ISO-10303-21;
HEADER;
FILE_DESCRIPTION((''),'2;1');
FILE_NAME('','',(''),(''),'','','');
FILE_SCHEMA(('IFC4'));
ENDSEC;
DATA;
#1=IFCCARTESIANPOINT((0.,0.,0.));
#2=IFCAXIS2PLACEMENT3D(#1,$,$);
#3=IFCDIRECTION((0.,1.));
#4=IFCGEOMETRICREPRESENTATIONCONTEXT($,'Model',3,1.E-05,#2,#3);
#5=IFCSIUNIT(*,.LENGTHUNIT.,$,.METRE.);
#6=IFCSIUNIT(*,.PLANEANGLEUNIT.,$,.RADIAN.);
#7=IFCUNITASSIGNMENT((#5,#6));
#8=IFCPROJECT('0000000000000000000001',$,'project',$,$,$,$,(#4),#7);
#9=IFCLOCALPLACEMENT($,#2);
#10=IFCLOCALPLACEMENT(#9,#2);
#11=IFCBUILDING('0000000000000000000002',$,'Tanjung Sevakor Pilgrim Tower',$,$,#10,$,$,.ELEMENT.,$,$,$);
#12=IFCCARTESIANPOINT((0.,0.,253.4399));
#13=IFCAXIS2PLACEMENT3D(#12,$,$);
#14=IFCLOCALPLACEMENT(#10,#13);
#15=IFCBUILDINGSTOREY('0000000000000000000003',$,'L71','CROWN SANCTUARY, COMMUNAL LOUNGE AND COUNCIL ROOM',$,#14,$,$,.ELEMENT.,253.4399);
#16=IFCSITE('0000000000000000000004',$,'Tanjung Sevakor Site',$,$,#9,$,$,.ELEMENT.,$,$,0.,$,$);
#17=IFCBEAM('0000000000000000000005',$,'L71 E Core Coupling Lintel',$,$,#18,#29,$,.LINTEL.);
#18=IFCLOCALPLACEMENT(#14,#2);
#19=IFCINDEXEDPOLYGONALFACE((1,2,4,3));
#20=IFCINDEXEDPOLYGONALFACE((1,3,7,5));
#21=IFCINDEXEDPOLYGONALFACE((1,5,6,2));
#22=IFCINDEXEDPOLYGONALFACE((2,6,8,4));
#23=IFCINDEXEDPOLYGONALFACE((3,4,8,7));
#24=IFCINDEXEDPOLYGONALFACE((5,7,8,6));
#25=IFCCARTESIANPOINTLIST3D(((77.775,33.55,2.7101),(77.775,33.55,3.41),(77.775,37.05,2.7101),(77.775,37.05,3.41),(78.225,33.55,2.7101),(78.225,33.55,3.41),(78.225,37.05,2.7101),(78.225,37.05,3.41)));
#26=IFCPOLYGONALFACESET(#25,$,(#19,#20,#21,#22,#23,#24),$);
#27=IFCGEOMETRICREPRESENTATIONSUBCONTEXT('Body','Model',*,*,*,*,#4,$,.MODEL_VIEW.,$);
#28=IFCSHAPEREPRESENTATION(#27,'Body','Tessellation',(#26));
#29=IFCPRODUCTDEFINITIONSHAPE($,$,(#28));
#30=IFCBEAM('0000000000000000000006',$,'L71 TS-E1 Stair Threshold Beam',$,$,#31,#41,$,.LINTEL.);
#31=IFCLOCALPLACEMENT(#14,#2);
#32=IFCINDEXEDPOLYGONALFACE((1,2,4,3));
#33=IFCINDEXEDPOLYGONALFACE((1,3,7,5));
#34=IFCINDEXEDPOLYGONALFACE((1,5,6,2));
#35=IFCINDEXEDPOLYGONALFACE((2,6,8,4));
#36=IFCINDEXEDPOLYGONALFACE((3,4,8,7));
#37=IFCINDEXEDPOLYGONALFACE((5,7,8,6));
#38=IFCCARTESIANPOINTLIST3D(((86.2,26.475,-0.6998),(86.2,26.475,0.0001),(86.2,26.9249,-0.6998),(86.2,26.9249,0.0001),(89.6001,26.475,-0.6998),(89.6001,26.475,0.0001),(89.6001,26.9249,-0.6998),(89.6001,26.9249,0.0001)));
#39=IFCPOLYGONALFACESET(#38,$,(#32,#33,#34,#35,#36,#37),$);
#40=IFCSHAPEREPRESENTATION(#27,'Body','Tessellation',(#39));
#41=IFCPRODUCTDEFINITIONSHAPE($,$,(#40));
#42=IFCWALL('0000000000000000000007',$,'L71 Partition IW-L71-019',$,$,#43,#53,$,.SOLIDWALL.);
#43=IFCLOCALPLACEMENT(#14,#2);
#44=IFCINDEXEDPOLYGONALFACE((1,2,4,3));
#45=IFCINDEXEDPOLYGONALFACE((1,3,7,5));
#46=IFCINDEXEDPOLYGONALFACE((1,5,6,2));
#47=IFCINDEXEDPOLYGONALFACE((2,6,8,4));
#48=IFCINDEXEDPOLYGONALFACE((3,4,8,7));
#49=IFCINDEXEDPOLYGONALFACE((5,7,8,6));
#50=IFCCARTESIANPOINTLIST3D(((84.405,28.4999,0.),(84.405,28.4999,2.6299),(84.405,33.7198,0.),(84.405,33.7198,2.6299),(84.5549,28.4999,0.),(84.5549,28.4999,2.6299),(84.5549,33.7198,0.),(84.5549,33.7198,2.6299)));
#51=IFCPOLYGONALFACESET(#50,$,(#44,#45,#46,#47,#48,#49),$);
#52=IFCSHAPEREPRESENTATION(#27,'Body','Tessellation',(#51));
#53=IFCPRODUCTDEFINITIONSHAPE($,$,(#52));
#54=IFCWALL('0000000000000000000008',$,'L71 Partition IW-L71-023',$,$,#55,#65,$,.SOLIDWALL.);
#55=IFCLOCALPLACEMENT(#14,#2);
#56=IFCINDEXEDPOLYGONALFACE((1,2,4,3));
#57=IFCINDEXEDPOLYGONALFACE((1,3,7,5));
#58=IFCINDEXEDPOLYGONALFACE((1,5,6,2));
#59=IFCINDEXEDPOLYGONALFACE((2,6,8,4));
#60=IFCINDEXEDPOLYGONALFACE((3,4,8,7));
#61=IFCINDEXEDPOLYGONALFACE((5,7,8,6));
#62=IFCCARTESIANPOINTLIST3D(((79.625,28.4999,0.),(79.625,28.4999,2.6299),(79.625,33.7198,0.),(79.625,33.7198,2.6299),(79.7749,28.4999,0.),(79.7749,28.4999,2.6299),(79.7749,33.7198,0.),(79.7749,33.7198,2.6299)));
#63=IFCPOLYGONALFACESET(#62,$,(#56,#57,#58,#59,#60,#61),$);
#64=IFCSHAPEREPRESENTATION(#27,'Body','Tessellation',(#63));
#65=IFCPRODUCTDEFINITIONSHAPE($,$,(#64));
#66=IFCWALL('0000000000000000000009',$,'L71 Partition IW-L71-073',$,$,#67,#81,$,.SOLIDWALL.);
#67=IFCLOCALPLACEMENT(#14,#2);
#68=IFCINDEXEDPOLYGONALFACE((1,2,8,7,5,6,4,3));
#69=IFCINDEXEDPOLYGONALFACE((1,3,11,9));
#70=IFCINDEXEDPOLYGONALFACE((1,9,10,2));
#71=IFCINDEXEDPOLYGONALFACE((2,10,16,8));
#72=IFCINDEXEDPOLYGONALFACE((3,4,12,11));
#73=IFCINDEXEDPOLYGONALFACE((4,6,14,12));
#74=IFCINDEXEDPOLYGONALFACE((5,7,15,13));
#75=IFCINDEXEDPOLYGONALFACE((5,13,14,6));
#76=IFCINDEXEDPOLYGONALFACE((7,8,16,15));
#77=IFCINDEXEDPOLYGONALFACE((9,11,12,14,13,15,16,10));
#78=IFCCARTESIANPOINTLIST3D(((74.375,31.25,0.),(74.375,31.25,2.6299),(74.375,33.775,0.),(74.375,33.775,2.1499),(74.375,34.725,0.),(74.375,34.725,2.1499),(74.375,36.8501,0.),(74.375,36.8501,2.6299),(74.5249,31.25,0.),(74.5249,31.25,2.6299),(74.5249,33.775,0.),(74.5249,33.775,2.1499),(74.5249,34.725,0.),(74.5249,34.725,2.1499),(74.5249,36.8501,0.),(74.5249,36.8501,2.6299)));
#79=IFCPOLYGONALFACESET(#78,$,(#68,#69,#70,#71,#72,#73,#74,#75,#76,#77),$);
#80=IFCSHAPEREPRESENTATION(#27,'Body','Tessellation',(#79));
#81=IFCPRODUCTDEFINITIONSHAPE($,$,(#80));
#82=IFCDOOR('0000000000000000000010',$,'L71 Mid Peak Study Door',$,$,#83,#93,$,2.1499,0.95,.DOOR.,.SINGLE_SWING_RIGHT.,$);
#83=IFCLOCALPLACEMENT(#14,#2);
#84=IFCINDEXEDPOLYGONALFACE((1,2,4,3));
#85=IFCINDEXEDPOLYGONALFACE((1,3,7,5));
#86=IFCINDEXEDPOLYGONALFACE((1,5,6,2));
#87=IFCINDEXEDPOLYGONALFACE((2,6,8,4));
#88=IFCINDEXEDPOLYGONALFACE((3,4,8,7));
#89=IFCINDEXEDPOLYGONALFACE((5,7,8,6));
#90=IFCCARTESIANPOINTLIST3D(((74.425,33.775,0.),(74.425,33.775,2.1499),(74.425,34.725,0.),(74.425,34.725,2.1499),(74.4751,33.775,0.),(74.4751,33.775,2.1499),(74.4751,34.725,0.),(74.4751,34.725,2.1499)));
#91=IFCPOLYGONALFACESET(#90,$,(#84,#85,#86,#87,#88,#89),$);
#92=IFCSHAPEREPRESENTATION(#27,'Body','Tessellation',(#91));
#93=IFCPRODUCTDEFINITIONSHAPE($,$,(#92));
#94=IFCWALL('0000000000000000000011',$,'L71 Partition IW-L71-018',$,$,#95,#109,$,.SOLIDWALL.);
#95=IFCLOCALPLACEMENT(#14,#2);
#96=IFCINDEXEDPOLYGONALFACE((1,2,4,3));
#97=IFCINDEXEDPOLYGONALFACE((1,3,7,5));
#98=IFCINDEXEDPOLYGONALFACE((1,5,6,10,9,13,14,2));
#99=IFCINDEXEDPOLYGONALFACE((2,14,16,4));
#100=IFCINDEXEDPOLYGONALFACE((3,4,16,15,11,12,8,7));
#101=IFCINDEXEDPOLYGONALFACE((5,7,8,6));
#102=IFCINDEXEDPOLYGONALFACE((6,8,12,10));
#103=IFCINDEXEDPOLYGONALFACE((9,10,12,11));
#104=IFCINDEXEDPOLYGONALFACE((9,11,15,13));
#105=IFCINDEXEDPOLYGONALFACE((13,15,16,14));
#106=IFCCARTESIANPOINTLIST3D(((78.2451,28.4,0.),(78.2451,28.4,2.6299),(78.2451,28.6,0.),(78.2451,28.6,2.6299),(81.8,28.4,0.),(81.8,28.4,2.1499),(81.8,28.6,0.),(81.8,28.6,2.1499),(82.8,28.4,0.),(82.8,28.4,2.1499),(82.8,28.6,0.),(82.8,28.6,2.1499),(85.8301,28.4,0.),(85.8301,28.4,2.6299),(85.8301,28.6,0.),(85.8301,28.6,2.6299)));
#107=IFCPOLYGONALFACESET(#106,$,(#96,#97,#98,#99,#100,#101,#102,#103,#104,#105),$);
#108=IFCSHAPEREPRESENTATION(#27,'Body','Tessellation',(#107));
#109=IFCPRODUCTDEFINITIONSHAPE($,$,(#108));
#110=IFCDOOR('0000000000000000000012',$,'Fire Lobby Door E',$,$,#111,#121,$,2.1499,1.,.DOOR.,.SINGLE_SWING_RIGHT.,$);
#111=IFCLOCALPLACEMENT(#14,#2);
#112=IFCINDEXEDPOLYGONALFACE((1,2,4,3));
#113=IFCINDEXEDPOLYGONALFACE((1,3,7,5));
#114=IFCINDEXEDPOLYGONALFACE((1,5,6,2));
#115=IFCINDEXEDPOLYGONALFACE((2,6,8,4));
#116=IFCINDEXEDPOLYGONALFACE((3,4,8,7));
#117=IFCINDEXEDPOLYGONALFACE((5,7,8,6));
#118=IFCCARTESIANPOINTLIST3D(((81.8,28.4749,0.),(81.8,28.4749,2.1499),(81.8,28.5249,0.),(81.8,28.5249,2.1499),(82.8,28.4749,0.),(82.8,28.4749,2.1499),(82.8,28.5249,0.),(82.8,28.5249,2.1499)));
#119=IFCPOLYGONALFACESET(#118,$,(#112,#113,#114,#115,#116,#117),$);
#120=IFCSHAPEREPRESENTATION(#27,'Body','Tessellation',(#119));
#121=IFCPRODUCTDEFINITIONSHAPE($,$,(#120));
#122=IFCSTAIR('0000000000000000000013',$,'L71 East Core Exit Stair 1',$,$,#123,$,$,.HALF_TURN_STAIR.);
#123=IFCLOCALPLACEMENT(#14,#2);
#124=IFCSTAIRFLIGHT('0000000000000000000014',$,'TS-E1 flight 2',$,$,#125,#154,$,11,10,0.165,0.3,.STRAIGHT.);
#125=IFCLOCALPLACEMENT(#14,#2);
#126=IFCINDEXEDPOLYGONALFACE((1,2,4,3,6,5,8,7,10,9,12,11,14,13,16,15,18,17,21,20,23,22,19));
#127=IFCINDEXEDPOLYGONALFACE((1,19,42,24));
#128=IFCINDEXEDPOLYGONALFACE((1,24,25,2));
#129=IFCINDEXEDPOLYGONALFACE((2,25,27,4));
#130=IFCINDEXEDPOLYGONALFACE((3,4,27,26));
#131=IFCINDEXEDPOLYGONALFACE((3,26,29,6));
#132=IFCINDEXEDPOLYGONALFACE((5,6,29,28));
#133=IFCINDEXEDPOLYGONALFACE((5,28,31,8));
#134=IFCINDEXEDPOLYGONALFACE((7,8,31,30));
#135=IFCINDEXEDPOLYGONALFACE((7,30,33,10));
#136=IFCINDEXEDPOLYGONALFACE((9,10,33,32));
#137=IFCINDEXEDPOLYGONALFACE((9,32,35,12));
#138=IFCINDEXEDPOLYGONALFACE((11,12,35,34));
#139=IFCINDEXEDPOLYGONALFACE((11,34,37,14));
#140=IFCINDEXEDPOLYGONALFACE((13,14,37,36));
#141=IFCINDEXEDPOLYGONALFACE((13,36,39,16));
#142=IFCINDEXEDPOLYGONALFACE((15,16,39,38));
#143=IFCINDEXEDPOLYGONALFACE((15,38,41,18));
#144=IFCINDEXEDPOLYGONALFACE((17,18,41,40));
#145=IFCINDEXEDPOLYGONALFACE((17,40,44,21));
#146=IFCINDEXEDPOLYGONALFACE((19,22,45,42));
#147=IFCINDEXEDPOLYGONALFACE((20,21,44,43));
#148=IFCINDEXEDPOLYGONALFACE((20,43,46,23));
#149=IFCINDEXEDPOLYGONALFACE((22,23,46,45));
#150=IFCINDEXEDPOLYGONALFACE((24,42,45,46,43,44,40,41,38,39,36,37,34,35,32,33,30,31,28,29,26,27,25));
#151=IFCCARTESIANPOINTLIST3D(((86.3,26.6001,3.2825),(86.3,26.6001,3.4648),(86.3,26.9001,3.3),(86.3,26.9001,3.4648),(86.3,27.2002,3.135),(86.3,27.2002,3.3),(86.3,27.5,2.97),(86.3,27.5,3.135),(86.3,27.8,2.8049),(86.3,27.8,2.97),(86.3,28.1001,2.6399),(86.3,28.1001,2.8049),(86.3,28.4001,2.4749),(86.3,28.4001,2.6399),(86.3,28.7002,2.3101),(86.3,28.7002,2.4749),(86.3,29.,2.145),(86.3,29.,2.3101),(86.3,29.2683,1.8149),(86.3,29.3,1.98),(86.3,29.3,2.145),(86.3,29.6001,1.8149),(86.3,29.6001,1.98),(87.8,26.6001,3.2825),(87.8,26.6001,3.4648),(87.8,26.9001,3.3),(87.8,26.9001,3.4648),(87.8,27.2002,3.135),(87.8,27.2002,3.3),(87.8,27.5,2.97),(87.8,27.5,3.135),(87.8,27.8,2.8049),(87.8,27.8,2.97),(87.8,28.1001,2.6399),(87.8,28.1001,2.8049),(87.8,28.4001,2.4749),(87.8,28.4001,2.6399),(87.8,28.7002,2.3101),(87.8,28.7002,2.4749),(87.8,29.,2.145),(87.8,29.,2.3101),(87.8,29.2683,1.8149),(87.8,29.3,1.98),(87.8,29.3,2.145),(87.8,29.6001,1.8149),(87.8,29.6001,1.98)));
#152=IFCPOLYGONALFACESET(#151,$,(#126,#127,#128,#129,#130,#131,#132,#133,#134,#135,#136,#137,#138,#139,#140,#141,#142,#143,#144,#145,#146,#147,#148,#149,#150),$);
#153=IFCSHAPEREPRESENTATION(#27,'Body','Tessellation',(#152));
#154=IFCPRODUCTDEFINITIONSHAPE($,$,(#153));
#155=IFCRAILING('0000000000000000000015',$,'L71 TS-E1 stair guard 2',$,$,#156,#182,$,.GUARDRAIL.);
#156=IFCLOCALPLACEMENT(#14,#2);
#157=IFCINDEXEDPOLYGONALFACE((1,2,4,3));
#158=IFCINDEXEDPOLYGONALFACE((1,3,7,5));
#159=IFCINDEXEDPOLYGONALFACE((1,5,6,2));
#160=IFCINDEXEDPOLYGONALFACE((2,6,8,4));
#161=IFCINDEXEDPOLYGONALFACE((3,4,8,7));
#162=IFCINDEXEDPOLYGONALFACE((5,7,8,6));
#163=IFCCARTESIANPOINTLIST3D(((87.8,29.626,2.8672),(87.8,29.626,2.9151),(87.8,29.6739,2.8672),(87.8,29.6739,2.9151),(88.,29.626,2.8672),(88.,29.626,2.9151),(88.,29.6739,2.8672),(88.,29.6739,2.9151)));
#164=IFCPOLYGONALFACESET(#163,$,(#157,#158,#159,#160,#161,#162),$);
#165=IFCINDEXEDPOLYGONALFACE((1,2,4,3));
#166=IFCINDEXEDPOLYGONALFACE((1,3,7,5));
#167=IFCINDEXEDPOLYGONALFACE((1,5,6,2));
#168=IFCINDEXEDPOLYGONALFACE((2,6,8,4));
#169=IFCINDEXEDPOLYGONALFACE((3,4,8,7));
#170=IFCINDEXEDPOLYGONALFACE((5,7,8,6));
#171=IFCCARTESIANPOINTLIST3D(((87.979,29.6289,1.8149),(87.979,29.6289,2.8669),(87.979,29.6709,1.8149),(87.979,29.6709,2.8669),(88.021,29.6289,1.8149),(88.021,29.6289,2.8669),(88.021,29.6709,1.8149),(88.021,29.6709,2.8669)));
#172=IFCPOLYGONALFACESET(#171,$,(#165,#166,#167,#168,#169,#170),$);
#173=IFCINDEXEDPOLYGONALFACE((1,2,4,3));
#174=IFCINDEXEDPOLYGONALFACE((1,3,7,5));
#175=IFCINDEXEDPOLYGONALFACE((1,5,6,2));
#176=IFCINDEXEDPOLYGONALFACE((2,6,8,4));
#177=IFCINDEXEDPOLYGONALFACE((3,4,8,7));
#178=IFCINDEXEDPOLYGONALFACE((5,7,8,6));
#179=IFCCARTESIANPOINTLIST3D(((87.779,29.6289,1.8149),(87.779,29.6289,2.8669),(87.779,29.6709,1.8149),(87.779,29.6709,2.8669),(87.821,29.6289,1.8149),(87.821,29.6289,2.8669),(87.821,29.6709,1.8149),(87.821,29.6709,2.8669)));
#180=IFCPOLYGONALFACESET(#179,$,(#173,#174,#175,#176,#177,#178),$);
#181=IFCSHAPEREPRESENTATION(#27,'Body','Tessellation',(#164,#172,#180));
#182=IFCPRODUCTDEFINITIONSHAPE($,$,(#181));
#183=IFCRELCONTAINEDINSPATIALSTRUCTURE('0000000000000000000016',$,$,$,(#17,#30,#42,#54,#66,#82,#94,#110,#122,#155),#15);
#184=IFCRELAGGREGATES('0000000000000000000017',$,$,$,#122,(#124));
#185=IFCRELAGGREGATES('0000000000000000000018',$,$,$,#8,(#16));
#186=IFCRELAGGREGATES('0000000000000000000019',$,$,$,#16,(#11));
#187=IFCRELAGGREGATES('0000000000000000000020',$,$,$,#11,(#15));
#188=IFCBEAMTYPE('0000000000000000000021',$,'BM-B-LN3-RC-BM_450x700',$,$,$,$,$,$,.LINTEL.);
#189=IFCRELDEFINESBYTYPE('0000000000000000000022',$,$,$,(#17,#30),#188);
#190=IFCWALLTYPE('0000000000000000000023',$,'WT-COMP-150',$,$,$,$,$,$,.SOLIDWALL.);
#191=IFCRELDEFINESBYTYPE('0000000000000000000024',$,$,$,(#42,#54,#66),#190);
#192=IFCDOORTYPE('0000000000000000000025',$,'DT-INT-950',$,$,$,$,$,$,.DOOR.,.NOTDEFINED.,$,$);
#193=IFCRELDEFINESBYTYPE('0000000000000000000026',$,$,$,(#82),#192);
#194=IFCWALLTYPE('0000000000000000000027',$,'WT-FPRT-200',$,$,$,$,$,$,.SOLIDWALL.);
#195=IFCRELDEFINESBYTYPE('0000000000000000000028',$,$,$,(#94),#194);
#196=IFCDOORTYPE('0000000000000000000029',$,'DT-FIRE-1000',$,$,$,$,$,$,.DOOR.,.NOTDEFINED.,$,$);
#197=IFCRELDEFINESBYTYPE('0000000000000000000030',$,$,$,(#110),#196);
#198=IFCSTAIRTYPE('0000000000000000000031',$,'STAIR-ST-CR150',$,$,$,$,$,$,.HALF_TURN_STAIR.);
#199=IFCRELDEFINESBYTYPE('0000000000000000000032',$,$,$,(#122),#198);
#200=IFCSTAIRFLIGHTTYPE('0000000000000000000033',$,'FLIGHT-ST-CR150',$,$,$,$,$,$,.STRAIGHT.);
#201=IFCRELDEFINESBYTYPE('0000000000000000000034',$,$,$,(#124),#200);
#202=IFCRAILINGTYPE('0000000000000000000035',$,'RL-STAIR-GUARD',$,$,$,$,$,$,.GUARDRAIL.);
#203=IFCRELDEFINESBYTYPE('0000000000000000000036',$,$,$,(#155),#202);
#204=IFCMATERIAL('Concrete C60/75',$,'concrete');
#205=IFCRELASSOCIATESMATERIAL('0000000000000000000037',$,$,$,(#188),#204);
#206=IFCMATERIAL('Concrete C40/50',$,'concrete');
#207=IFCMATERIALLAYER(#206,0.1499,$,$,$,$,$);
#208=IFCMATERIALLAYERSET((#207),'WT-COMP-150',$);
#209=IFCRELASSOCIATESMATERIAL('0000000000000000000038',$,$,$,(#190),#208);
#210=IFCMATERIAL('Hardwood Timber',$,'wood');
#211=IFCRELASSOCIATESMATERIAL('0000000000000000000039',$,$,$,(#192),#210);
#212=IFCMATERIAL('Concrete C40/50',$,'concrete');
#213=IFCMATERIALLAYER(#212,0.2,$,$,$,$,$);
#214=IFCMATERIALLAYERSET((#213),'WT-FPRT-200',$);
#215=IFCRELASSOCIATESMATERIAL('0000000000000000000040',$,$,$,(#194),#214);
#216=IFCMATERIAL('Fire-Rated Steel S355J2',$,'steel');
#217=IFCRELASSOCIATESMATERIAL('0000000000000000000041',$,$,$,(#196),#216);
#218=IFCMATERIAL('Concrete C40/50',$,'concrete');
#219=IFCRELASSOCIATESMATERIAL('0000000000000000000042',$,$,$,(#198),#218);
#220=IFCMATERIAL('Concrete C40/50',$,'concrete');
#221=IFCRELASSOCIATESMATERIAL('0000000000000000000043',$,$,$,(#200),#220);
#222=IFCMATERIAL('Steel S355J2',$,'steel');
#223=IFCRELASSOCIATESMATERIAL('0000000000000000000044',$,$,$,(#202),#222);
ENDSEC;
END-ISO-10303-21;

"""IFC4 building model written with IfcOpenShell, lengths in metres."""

from ifc_helpers import new_model, si_unit, direction, frame, frame_2d, origin, origin_2d, place, context, subcontext, project, spatial, polyline, rectangle, outline, extrude, material, layer, layer_set, material_profile, profile_set, type_object, element, fill, aggregate, save


model = new_model("IFC4")

# Units and contexts
model_context = context("Model", 3, precision=1e-05, world=origin(), true_north=direction((0.0, 1.0)))
body_context = subcontext(model_context, "Body", "Model", "MODEL_VIEW")
ifc_project = project(units=[si_unit("LENGTHUNIT", "METRE"), si_unit("PLANEANGLEUNIT", "RADIAN")], contexts=[model_context])

# Site, building, storey
site_placement = place(None, origin())
site = spatial("IfcSite", under=ifc_project, at=site_placement, Name="Tanjung Sevakor Site", CompositionType="ELEMENT", RefElevation=0.0)
building_placement = place(site_placement, origin())
building = spatial("IfcBuilding", under=site, at=building_placement, Name="Tanjung Sevakor Pilgrim Tower", CompositionType="ELEMENT")
storey_placement = place(building_placement, frame((0.0, 0.0, 253.4399)))
storey = spatial("IfcBuildingStorey", under=building, at=storey_placement, Name="L71", Description="CROWN SANCTUARY, COMMUNAL LOUNGE AND COUNCIL ROOM", CompositionType="ELEMENT", Elevation=253.4399)

# Beams
ifc_material_1 = material(Name="Concrete C60/75", Category="concrete")
ifc_material_profile = material_profile(ifc_material_1, rectangle(XDim=0.45, YDim=0.7, at=origin_2d()))
ifc_profile_set = profile_set([ifc_material_profile], Name="Concrete C60/75")
beam_type = type_object("IfcBeamType", Name="BM-B-LN3-RC-BM_450x700", PredefinedType="LINTEL", material=ifc_profile_set)
beam_1_placement = place(storey_placement, frame((78.0, 33.55, 3.0601), z_axis=(0.0, 1.0, 0.0), x_axis=(-1.0, 0.0, 0.0)))
element("IfcBeam", 1, at=beam_1_placement, inside=storey, type_object=beam_type, Name="L71 E Core Coupling Lintel", PredefinedType="LINTEL", context=body_context, shape_type="SweptSolid", body=[
    extrude(rectangle(XDim=0.45, YDim=0.7, at=origin_2d()), origin(), (0.0, 0.0, 1.0), 3.5),
])
beam_2_placement = place(storey_placement, frame((86.2, 26.7, -0.3499), z_axis=(1.0, 0.0, 0.0), x_axis=(0.0, 1.0, 0.0)))
element("IfcBeam", 2, at=beam_2_placement, inside=storey, type_object=beam_type, Name="L71 TS-E1 Stair Threshold Beam", PredefinedType="LINTEL", context=body_context, shape_type="SweptSolid", body=[
    extrude(rectangle(XDim=0.45, YDim=0.7, at=origin_2d()), origin(), (0.0, 0.0, 1.0), 3.4001),
])

# Wall
ifc_material_2 = material(Name="Concrete C40/50", Category="concrete")
ifc_layer_1 = layer(ifc_material_2, 0.1499)
ifc_layer_set_1 = layer_set([ifc_layer_1], Name="WT-COMP-150")
wall_type_1 = type_object("IfcWallType", Name="WT-COMP-150", PredefinedType="SOLIDWALL", material=ifc_layer_set_1)
wall_1_placement = place(storey_placement, frame((84.48, 28.5, 0.0), z_axis=(0.0, 0.0, 1.0), x_axis=(0.0, 1.0, 0.0)))
element("IfcWall", 3, at=wall_1_placement, inside=storey, type_object=wall_type_1, Name="L71 Partition IW-L71-019", PredefinedType="SOLIDWALL", context=body_context, shape_type="SweptSolid", body=[
    extrude(rectangle(XDim=5.22, YDim=0.1499, at=frame_2d((2.6099, 0.0))), origin(), (0.0, 0.0, 1.0), 2.6299),
])

# Wall
wall_2_placement = place(storey_placement, frame((79.7, 28.5, 0.0), z_axis=(0.0, 0.0, 1.0), x_axis=(0.0, 1.0, 0.0)))
element("IfcWall", 4, at=wall_2_placement, inside=storey, type_object=wall_type_1, Name="L71 Partition IW-L71-023", PredefinedType="SOLIDWALL", context=body_context, shape_type="SweptSolid", body=[
    extrude(rectangle(XDim=5.22, YDim=0.1499, at=frame_2d((2.6099, 0.0))), origin(), (0.0, 0.0, 1.0), 2.6299),
])

# Walls, openings, doors
wall_3_placement = place(storey_placement, frame((74.45, 31.25, 0.0), z_axis=(0.0, 0.0, 1.0), x_axis=(0.0, 1.0, 0.0)))
wall_3 = element("IfcWall", 5, at=wall_3_placement, inside=storey, type_object=wall_type_1, Name="L71 Partition IW-L71-073", PredefinedType="SOLIDWALL", context=body_context, shape_type="SweptSolid", body=[
    extrude(rectangle(XDim=5.6001, YDim=0.1499, at=frame_2d((2.8, 0.0))), origin(), (0.0, 0.0, 1.0), 2.6299),
])
opening_1_placement = place(wall_3_placement, frame((2.5249, 0.0, 0.0)))
opening_1 = element("IfcOpeningElement", 6, at=opening_1_placement, cuts=wall_3, PredefinedType="OPENING", context=body_context, shape_type="SweptSolid", body=[
    extrude(rectangle(XDim=0.95, YDim=2.1499, at=frame_2d((0.4751, 1.075))), frame((0.0, 0.085, 0.0), z_axis=(0.0, -1.0, 0.0), x_axis=(1.0, 0.0, 0.0)), (0.0, 0.0, 1.0), 0.1699),
])
ifc_material_3 = material(Name="Hardwood Timber", Category="wood")
door_type_1 = type_object("IfcDoorType", Name="DT-INT-950", OperationType="NOTDEFINED", PredefinedType="DOOR", material=ifc_material_3)
door_1_placement = place(opening_1_placement, origin())
door_1 = element("IfcDoor", 7, at=door_1_placement, inside=storey, type_object=door_type_1, Name="L71 Mid Peak Study Door", OperationType="SINGLE_SWING_RIGHT", OverallHeight=2.1499, OverallWidth=0.95, PredefinedType="DOOR", context=body_context, shape_type="SweptSolid", body=[
    extrude(rectangle(XDim=0.95, YDim=2.1499, at=frame_2d((0.4751, 1.075))), frame((0.0, 0.0249, 0.0), z_axis=(0.0, -1.0, 0.0), x_axis=(1.0, 0.0, 0.0)), (0.0, 0.0, 1.0), 0.05),
])
fill(opening_1, door_1)
ifc_material_4 = material(Name="Concrete C40/50", Category="concrete")
ifc_layer_2 = layer(ifc_material_4, 0.2)
ifc_layer_set_2 = layer_set([ifc_layer_2], Name="WT-FPRT-200")
wall_type_2 = type_object("IfcWallType", Name="WT-FPRT-200", PredefinedType="SOLIDWALL", material=ifc_layer_set_2)
wall_4_placement = place(storey_placement, frame((78.2451, 28.5, 0.0), z_axis=(0.0, 0.0, 1.0), x_axis=(1.0, 0.0, 0.0)))
wall_4 = element("IfcWall", 8, at=wall_4_placement, inside=storey, type_object=wall_type_2, Name="L71 Partition IW-L71-018", PredefinedType="SOLIDWALL", context=body_context, shape_type="SweptSolid", body=[
    extrude(rectangle(XDim=7.585, YDim=0.2, at=frame_2d((3.7925, 0.0))), origin(), (0.0, 0.0, 1.0), 2.6299),
])
opening_2_placement = place(wall_4_placement, frame((3.5549, 0.0, 0.0)))
opening_2 = element("IfcOpeningElement", 9, at=opening_2_placement, cuts=wall_4, PredefinedType="OPENING", context=body_context, shape_type="SweptSolid", body=[
    extrude(rectangle(XDim=1.0, YDim=2.1499, at=frame_2d((0.5, 1.075))), frame((0.0, 0.1099, 0.0), z_axis=(0.0, -1.0, 0.0), x_axis=(1.0, 0.0, 0.0)), (0.0, 0.0, 1.0), 0.22),
])
ifc_material_5 = material(Name="Fire-Rated Steel S355J2", Category="steel")
door_type_2 = type_object("IfcDoorType", Name="DT-FIRE-1000", OperationType="NOTDEFINED", PredefinedType="DOOR", material=ifc_material_5)
door_2_placement = place(opening_2_placement, origin())
door_2 = element("IfcDoor", 10, at=door_2_placement, inside=storey, type_object=door_type_2, Name="Fire Lobby Door E", OperationType="SINGLE_SWING_RIGHT", OverallHeight=2.1499, OverallWidth=1.0, PredefinedType="DOOR", context=body_context, shape_type="SweptSolid", body=[
    extrude(rectangle(XDim=1.0, YDim=2.1499, at=frame_2d((0.5, 1.075))), frame((0.0, 0.0249, 0.0), z_axis=(0.0, -1.0, 0.0), x_axis=(1.0, 0.0, 0.0)), (0.0, 0.0, 1.0), 0.05),
])
fill(opening_2, door_2)

# Stair, stair flight
ifc_material_6 = material(Name="Concrete C40/50", Category="concrete")
stair_type = type_object("IfcStairType", Name="STAIR-ST-CR150", PredefinedType="HALF_TURN_STAIR", material=ifc_material_6)
stair_placement = place(storey_placement, origin())
stair = element("IfcStair", 11, at=stair_placement, inside=storey, type_object=stair_type, Name="L71 East Core Exit Stair 1", PredefinedType="HALF_TURN_STAIR")
ifc_material_7 = material(Name="Concrete C40/50", Category="concrete")
stair_flight_type = type_object("IfcStairFlightType", Name="FLIGHT-ST-CR150", PredefinedType="STRAIGHT", material=ifc_material_7)
stair_flight_placement = place(storey_placement, frame((87.05, 29.6001, 1.8149), z_axis=(0.0, 0.0, 1.0), x_axis=(0.0, -1.0, 0.0)))
stair_flight = element("IfcStairFlight", 12, at=stair_flight_placement, type_object=stair_flight_type, Name="TS-E1 flight 2", NumberOfRisers=11, NumberOfTreads=10, PredefinedType="STRAIGHT", RiserHeight=0.165, TreadLength=0.3, context=body_context, shape_type="SweptSolid", body=[
    extrude(outline(polyline([(0.0, 0.0), (0.0, 0.165), (0.3, 0.165), (0.3, 0.3301), (0.6001, 0.3301), (0.6001, 0.4951), (0.8999, 0.4951), (0.8999, 0.6599), (1.2, 0.6599), (1.2, 0.825), (1.5, 0.825), (1.5, 0.99), (1.8, 0.99), (1.8, 1.155), (2.1001, 1.155), (2.1001, 1.3201), (2.3999, 1.3201), (2.3999, 1.4851), (2.7, 1.4851), (2.7, 1.6499), (3.0, 1.6499), (3.0, 1.8149), (3.0, 1.4675), (0.3318, 0.0), (0.0, 0.0)])), frame((0.0, 0.75, 0.0), z_axis=(0.0, -1.0, 0.0), x_axis=(1.0, 0.0, 0.0)), (0.0, 0.0, 1.0), 1.5),
])
aggregate(stair, [stair_flight])

# Railing
ifc_material_8 = material(Name="Steel S355J2", Category="steel")
railing_type_1 = type_object("IfcRailingType", Name="RL-STAIR-GUARD", PredefinedType="GUARDRAIL", material=ifc_material_8)
railing_1_placement = place(storey_placement, frame((88.0, 29.6499, 1.8149)))
element("IfcRailing", 13, at=railing_1_placement, inside=storey, type_object=railing_type_1, Name="L71 TS-E1 stair guard 2", PredefinedType="GUARDRAIL", context=body_context, shape_type="SweptSolid", body=[
    extrude(rectangle(XDim=0.0479, YDim=0.0479), frame((0.0, 0.0, 1.0762), z_axis=(-1.0, 0.0, 0.0), x_axis=(0.0, -1.0, 0.0)), (0.0, 0.0, 1.0), 0.2),
    extrude(rectangle(XDim=0.042, YDim=0.042), origin(), (0.0, 0.0, 1.0), 1.052),
    extrude(rectangle(XDim=0.042, YDim=0.042), frame((-0.2, 0.0, 0.0)), (0.0, 0.0, 1.0), 1.052),
])

save(model, "model.ifc")
